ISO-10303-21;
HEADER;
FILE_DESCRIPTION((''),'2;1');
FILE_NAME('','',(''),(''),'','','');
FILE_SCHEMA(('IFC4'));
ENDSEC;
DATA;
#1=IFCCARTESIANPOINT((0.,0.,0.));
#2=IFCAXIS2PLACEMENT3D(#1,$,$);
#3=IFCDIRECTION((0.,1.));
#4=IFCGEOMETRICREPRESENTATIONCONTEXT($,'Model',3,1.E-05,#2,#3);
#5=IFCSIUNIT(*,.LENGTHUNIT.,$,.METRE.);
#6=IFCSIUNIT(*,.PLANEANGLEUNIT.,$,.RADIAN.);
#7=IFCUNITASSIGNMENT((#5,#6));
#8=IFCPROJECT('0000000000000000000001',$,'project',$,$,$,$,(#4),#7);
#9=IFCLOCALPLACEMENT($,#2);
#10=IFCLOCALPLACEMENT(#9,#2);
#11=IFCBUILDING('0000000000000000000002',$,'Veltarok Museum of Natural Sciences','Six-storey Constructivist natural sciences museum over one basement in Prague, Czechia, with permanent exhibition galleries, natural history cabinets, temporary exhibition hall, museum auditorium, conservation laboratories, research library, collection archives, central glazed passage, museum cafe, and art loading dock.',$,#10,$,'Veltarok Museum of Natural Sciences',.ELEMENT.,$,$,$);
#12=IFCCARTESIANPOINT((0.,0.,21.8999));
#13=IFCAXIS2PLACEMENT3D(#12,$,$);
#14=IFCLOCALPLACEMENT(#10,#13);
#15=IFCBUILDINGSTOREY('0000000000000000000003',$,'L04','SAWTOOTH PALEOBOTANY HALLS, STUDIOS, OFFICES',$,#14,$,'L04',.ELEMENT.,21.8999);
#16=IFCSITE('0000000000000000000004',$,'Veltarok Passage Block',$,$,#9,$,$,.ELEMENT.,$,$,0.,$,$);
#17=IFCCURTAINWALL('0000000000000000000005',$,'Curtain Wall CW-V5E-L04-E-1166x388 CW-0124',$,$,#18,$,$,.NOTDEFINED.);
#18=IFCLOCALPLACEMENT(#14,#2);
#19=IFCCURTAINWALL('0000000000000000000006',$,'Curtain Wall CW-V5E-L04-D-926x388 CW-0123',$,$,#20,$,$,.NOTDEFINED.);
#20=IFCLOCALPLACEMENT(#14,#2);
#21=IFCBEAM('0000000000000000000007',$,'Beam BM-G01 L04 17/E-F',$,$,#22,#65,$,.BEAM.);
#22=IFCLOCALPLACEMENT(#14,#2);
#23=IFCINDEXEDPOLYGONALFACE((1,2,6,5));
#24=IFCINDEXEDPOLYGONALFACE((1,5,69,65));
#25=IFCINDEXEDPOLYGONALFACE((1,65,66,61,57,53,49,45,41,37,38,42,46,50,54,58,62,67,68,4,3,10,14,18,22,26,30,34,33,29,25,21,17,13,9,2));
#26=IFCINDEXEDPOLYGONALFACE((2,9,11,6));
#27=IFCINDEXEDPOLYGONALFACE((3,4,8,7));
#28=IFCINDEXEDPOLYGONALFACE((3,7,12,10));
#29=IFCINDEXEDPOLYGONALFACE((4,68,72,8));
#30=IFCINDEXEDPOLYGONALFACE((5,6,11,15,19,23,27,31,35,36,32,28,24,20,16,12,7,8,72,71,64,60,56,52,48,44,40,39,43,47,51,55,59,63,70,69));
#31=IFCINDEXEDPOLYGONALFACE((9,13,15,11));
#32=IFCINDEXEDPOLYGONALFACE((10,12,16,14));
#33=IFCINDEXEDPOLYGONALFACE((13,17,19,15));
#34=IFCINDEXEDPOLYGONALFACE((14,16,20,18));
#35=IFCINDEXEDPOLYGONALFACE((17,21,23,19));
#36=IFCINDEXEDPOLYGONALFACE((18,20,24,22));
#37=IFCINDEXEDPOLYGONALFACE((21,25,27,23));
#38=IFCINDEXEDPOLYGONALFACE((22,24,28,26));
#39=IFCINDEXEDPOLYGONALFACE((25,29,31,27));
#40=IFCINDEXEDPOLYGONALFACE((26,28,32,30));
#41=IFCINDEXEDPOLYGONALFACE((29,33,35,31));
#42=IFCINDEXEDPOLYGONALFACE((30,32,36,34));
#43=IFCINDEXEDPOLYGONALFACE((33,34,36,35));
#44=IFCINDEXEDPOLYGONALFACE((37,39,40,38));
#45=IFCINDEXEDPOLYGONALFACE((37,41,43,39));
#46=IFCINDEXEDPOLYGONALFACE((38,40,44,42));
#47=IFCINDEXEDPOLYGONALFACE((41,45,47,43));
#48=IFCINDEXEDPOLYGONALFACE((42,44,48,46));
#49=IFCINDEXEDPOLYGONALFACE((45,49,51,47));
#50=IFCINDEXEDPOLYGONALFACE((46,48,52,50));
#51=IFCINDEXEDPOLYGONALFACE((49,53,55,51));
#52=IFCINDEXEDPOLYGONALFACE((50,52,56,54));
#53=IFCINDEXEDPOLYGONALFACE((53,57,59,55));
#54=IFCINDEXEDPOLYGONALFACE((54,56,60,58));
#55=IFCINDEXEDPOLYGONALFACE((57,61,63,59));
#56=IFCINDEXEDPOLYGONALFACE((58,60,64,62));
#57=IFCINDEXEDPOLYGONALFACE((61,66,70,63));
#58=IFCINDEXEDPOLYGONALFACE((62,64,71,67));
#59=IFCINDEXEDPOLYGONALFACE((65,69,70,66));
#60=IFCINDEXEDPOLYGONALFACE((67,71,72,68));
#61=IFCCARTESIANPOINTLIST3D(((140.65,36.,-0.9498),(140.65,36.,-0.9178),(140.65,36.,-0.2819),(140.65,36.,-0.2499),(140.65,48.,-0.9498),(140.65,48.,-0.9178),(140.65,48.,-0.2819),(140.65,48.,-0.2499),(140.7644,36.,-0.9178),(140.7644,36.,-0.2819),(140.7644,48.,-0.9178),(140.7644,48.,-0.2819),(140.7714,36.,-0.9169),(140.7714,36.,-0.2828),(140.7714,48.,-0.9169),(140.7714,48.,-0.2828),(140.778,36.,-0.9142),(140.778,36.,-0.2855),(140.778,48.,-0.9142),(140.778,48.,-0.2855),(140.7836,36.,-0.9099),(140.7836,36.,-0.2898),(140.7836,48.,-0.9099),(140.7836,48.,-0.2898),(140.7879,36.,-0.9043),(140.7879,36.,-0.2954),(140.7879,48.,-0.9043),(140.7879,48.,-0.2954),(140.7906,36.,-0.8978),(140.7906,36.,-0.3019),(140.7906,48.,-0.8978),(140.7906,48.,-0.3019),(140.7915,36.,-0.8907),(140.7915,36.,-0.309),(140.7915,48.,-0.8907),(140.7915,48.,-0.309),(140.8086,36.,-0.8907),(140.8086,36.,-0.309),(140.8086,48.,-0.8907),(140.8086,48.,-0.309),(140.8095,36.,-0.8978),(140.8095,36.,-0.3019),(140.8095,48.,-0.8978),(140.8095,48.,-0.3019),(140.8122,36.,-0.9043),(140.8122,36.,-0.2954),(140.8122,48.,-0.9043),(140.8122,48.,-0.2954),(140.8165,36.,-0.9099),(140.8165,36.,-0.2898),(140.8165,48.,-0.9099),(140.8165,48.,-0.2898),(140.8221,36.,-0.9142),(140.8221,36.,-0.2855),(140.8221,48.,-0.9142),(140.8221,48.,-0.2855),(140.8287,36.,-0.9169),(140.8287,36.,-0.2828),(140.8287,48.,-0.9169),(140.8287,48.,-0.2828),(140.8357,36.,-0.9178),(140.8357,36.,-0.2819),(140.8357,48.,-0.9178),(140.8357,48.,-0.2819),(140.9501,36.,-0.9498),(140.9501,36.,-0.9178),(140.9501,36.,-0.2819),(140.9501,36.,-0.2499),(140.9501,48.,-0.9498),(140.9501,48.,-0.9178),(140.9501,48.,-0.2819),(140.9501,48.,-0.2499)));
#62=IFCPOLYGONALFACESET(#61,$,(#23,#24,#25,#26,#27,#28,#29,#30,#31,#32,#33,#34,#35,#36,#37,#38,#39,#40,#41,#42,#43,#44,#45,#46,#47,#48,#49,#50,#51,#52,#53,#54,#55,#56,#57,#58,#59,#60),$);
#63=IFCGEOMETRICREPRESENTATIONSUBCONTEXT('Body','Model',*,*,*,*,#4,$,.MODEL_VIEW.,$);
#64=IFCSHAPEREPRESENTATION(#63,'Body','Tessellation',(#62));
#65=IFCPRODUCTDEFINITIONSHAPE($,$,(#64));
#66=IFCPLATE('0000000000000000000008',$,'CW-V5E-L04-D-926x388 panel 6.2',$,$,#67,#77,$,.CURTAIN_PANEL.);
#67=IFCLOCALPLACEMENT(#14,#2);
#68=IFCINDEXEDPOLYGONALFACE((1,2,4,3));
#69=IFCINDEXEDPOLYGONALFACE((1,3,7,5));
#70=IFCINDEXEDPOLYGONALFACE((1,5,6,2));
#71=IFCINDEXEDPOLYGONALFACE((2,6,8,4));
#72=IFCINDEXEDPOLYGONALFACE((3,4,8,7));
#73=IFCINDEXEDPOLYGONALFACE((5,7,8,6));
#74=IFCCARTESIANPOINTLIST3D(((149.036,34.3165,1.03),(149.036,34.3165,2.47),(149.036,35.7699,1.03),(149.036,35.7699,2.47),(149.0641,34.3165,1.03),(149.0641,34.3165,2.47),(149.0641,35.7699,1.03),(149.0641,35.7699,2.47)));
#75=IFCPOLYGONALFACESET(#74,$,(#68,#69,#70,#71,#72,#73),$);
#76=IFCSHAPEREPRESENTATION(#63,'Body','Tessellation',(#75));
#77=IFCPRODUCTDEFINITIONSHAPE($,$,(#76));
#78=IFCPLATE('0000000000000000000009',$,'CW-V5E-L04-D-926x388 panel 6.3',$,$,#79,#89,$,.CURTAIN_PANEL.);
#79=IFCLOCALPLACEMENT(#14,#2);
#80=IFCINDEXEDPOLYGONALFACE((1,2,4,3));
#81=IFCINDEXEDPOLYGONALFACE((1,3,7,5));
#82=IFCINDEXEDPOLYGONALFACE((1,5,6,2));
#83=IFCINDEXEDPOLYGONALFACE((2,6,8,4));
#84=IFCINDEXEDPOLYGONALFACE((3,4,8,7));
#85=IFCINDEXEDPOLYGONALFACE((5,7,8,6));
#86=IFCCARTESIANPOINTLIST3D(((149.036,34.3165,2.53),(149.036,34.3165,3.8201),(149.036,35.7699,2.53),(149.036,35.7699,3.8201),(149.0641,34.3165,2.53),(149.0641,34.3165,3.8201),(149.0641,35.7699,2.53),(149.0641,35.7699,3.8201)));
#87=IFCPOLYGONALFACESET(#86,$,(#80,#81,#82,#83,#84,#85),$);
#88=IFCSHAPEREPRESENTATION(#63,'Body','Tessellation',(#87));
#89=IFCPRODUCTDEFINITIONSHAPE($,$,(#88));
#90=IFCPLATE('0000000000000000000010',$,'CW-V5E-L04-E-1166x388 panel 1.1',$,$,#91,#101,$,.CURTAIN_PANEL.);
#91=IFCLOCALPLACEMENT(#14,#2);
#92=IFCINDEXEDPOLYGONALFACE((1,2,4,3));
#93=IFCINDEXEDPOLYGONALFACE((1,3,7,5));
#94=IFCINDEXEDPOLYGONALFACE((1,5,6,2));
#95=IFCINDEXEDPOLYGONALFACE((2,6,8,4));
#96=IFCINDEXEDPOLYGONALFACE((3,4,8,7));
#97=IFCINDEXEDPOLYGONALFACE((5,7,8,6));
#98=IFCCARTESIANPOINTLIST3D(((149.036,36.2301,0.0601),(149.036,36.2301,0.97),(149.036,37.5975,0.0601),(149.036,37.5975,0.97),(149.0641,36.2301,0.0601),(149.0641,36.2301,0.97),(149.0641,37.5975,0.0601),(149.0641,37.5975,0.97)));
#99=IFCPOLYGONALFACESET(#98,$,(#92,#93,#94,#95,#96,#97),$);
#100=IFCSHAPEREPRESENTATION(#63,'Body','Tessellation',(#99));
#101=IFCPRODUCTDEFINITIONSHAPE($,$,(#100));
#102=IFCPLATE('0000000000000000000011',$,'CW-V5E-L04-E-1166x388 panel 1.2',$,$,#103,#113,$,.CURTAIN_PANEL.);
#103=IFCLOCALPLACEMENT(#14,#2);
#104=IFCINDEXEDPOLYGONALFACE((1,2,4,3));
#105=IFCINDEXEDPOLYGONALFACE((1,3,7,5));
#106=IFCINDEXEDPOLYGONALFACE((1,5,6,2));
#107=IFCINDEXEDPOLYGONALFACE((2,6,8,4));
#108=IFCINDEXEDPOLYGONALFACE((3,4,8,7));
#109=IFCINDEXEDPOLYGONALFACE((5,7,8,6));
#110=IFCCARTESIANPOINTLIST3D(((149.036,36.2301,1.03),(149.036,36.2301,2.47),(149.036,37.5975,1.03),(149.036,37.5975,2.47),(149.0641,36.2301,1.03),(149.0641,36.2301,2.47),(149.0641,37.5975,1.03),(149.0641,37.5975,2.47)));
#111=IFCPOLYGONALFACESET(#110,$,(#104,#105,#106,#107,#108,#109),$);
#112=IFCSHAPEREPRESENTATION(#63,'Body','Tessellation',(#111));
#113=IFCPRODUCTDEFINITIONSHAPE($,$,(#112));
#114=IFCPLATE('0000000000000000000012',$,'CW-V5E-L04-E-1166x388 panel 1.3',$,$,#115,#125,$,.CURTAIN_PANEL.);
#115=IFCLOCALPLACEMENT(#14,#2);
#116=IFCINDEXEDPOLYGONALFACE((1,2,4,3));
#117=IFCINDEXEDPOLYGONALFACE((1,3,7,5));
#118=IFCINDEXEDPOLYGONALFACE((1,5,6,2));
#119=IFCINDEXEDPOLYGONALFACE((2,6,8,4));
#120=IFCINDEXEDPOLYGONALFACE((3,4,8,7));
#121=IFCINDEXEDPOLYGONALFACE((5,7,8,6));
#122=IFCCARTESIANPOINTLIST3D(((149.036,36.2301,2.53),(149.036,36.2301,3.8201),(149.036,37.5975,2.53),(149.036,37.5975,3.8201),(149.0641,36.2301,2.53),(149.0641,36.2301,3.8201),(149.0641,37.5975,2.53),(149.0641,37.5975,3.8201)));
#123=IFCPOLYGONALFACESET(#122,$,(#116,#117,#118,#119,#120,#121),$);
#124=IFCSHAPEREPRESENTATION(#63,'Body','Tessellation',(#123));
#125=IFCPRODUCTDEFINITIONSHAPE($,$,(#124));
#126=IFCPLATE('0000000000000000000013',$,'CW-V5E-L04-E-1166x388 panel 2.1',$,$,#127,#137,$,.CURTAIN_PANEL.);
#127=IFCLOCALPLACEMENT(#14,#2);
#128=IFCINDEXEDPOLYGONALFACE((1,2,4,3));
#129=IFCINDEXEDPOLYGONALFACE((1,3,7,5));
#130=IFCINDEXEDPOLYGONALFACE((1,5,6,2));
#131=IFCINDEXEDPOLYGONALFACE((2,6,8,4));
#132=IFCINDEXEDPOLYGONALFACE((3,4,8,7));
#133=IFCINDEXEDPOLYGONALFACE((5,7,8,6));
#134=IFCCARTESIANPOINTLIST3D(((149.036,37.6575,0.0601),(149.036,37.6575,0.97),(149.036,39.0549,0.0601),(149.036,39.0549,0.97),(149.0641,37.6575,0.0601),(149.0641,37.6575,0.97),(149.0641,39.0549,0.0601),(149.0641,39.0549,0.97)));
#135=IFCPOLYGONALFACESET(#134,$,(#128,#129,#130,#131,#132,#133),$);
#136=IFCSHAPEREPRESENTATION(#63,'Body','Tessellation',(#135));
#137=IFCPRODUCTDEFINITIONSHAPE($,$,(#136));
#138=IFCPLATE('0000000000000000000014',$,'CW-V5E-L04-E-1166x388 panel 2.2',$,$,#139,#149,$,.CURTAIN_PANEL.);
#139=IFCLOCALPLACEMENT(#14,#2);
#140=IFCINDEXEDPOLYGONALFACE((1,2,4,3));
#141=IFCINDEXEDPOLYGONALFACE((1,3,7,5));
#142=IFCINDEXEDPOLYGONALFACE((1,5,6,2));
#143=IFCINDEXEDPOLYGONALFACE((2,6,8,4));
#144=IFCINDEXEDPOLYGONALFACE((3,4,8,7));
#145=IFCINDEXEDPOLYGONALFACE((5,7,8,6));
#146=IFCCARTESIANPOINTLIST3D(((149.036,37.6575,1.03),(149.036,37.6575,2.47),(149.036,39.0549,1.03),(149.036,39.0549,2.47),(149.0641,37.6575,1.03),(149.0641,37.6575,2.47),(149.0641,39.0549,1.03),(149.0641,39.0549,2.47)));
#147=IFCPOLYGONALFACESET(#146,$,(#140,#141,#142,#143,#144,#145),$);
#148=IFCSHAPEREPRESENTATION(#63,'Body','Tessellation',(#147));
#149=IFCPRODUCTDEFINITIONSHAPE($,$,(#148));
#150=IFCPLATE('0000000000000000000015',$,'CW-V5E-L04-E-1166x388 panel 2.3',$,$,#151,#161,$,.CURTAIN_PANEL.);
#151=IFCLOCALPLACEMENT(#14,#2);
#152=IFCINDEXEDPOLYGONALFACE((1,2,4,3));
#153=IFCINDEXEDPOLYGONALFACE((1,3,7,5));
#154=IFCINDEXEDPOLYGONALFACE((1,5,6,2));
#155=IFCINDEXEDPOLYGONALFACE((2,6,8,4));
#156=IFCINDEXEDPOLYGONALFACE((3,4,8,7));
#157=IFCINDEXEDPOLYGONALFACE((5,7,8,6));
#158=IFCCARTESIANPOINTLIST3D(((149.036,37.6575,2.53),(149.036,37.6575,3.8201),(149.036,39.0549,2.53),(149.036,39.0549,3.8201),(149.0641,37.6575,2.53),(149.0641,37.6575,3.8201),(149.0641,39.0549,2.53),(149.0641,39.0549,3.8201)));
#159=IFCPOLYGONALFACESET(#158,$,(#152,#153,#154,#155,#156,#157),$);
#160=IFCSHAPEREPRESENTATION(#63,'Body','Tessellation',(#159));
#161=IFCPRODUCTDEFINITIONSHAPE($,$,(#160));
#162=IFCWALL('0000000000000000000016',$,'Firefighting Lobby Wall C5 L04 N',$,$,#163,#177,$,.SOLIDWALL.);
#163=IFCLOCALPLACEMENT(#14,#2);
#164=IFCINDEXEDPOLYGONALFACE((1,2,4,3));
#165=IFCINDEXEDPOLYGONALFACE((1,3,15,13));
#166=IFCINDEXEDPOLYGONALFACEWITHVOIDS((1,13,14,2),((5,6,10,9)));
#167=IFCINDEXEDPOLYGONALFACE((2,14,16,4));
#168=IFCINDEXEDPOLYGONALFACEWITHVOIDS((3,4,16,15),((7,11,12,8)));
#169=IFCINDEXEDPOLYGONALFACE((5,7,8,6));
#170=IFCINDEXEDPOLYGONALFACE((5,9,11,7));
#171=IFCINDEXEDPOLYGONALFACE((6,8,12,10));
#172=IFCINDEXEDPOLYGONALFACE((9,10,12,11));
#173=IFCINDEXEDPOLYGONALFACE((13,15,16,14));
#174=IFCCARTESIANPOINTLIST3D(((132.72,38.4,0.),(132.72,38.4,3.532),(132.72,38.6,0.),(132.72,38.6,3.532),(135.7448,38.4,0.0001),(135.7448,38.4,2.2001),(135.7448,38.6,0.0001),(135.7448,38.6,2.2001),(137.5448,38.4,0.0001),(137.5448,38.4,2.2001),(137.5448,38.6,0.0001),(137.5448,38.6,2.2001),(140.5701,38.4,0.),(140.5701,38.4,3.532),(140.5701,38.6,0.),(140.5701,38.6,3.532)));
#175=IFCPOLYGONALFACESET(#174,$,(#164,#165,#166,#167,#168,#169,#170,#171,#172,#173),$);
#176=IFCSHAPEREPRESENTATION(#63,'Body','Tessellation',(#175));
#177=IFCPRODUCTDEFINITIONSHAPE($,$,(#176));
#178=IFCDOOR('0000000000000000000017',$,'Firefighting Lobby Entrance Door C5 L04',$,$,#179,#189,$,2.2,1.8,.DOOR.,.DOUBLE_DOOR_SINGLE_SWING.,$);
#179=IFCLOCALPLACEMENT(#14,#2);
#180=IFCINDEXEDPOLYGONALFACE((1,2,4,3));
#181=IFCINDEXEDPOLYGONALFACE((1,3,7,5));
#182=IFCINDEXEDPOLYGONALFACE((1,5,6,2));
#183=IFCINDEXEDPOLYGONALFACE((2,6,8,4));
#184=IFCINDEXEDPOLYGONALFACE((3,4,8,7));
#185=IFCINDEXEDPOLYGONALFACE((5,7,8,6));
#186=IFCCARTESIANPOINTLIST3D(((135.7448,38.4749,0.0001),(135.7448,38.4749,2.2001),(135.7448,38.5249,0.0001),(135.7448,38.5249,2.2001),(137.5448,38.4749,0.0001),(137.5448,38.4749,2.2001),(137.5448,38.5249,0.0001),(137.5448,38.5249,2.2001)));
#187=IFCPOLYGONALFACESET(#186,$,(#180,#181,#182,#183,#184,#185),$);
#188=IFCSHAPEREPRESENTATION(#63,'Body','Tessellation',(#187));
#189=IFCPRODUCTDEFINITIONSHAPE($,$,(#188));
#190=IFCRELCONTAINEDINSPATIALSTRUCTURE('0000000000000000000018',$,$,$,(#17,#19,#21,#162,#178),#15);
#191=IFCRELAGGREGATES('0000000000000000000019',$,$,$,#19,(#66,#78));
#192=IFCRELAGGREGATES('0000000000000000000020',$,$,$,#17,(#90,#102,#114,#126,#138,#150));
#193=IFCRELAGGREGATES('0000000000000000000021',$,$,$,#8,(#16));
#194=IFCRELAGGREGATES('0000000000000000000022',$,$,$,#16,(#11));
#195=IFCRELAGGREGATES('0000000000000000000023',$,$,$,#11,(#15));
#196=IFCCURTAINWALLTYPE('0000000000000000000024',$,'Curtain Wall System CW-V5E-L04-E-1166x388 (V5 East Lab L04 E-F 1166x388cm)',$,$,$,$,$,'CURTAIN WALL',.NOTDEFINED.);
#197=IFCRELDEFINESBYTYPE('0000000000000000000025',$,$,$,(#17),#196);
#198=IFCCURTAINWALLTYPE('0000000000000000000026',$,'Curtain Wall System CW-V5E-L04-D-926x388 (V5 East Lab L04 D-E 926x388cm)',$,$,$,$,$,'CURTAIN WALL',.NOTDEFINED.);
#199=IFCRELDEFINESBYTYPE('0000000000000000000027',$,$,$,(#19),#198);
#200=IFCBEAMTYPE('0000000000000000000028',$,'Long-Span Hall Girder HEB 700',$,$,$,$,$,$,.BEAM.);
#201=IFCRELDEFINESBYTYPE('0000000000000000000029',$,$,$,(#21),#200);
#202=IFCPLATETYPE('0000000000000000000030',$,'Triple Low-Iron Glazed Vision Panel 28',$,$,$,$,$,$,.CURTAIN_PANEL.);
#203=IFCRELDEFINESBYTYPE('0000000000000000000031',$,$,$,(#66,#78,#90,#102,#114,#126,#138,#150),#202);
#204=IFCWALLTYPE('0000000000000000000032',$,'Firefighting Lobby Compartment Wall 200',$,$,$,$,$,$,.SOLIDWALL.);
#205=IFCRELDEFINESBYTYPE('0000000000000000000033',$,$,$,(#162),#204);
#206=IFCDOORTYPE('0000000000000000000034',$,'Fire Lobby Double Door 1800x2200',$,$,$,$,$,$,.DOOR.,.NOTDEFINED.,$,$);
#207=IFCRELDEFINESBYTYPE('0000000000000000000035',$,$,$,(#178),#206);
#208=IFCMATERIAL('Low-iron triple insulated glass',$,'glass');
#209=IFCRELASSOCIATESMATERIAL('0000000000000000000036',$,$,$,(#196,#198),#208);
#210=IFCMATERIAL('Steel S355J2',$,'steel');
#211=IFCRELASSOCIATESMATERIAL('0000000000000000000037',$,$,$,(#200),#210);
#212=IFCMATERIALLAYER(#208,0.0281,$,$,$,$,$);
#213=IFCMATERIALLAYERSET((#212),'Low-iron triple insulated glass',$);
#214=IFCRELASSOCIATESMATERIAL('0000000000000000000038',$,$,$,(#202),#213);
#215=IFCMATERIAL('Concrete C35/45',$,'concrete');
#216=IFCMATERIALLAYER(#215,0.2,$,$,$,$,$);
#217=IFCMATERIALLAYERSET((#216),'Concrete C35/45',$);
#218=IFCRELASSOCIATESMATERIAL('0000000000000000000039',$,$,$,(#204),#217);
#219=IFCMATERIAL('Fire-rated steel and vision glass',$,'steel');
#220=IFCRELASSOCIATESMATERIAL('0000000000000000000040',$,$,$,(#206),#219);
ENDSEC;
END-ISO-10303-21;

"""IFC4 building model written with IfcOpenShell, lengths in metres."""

from ifc_helpers import new_model, si_unit, direction, frame, frame_2d, origin, origin_2d, place, context, subcontext, project, spatial, rectangle, i_section, extrude, material, layer, layer_set, material_profile, profile_set, type_object, element, fill, aggregate, save


model = new_model("IFC4")

# Units and contexts
model_context = context("Model", 3, precision=1e-05, world=origin(), true_north=direction((0.0, 1.0)))
body_context = subcontext(model_context, "Body", "Model", "MODEL_VIEW")
ifc_project = project(units=[si_unit("LENGTHUNIT", "METRE"), si_unit("PLANEANGLEUNIT", "RADIAN")], contexts=[model_context])

# Site, building, storey
site_placement = place(None, origin())
site = spatial("IfcSite", under=ifc_project, at=site_placement, Name="Veltarok Passage Block", CompositionType="ELEMENT", RefElevation=0.0)
building_placement = place(site_placement, origin())
building = spatial("IfcBuilding", under=site, at=building_placement, Name="Veltarok Museum of Natural Sciences", Description="Six-storey Constructivist natural sciences museum over one basement in Prague, Czechia, with permanent exhibition galleries, natural history cabinets, temporary exhibition hall, museum auditorium, conservation laboratories, research library, collection archives, central glazed passage, museum cafe, and art loading dock.", LongName="Veltarok Museum of Natural Sciences", CompositionType="ELEMENT")
storey_placement = place(building_placement, frame((0.0, 0.0, 21.8999)))
storey = spatial("IfcBuildingStorey", under=building, at=storey_placement, Name="L04", Description="SAWTOOTH PALEOBOTANY HALLS, STUDIOS, OFFICES", LongName="L04", CompositionType="ELEMENT", Elevation=21.8999)

# Curtain wall
ifc_material_1 = material(Name="Low-iron triple insulated glass", Category="glass")
curtain_wall_type_1 = type_object("IfcCurtainWallType", Name="Curtain Wall System CW-V5E-L04-E-1166x388 (V5 East Lab L04 E-F 1166x388cm)", ElementType="CURTAIN WALL", PredefinedType="NOTDEFINED", material=ifc_material_1)
curtain_wall_1_placement = place(storey_placement, origin())
curtain_wall_1 = element("IfcCurtainWall", 1, at=curtain_wall_1_placement, inside=storey, type_object=curtain_wall_type_1, Name="Curtain Wall CW-V5E-L04-E-1166x388 CW-0124", PredefinedType="NOTDEFINED")

# Curtain wall
curtain_wall_type_2 = type_object("IfcCurtainWallType", Name="Curtain Wall System CW-V5E-L04-D-926x388 (V5 East Lab L04 D-E 926x388cm)", ElementType="CURTAIN WALL", PredefinedType="NOTDEFINED", material=ifc_material_1)
curtain_wall_2_placement = place(storey_placement, origin())
curtain_wall_2 = element("IfcCurtainWall", 2, at=curtain_wall_2_placement, inside=storey, type_object=curtain_wall_type_2, Name="Curtain Wall CW-V5E-L04-D-926x388 CW-0123", PredefinedType="NOTDEFINED")

# Beam
ifc_material_2 = material(Name="Steel S355J2", Category="steel")
ifc_material_profile_1 = material_profile(ifc_material_2, i_section(OverallWidth=0.3, OverallDepth=0.7, WebThickness=0.0171, FlangeThickness=0.032, FilletRadius=0.0271, at=origin_2d()), Name="HEB 700")
ifc_profile_set_1 = profile_set([ifc_material_profile_1], Name="Steel S355J2")
beam_type_1 = type_object("IfcBeamType", Name="Long-Span Hall Girder HEB 700", PredefinedType="BEAM", material=ifc_profile_set_1)
beam_1_placement = place(storey_placement, frame((140.8, 36.0, -0.5999), z_axis=(0.0, 1.0, 0.0), x_axis=(-1.0, 0.0, 0.0)))
element("IfcBeam", 3, at=beam_1_placement, inside=storey, type_object=beam_type_1, Name="Beam BM-G01 L04 17/E-F", PredefinedType="BEAM", context=body_context, shape_type="SweptSolid", body=[
    extrude(i_section(OverallWidth=0.3, OverallDepth=0.7, WebThickness=0.0171, FlangeThickness=0.032, FilletRadius=0.0271, at=origin_2d()), origin(), (0.0, 0.0, 1.0), 12.0),
])

# Plates
ifc_layer_1 = layer(ifc_material_1, 0.0281)
ifc_layer_set_1 = layer_set([ifc_layer_1], Name="Low-iron triple insulated glass")
plate_type = type_object("IfcPlateType", Name="Triple Low-Iron Glazed Vision Panel 28", PredefinedType="CURTAIN_PANEL", material=ifc_layer_set_1)
plate_1_placement = place(storey_placement, frame((149.05, 35.0432, 1.03), z_axis=(0.0, 0.0, 1.0), x_axis=(0.0, 1.0, 0.0)))
plate_1 = element("IfcPlate", 4, at=plate_1_placement, type_object=plate_type, Name="CW-V5E-L04-D-926x388 panel 6.2", PredefinedType="CURTAIN_PANEL", context=body_context, shape_type="SweptSolid", body=[
    extrude(rectangle(XDim=1.4534, YDim=0.0281, at=origin_2d()), origin(), (0.0, 0.0, 1.0), 1.4399),
])
plate_2_placement = place(storey_placement, frame((149.05, 35.0432, 2.53), z_axis=(0.0, 0.0, 1.0), x_axis=(0.0, 1.0, 0.0)))
plate_2 = element("IfcPlate", 5, at=plate_2_placement, type_object=plate_type, Name="CW-V5E-L04-D-926x388 panel 6.3", PredefinedType="CURTAIN_PANEL", context=body_context, shape_type="SweptSolid", body=[
    extrude(rectangle(XDim=1.4534, YDim=0.0281, at=origin_2d()), origin(), (0.0, 0.0, 1.0), 1.29),
])
aggregate(curtain_wall_2, [plate_1, plate_2])
plate_3_placement = place(storey_placement, frame((149.05, 36.9138, 0.0601), z_axis=(0.0, 0.0, 1.0), x_axis=(0.0, 1.0, 0.0)))
plate_3 = element("IfcPlate", 6, at=plate_3_placement, type_object=plate_type, Name="CW-V5E-L04-E-1166x388 panel 1.1", PredefinedType="CURTAIN_PANEL", context=body_context, shape_type="SweptSolid", body=[
    extrude(rectangle(XDim=1.3674, YDim=0.0281, at=origin_2d()), origin(), (0.0, 0.0, 1.0), 0.9099),
])
plate_4_placement = place(storey_placement, frame((149.05, 36.9138, 1.03), z_axis=(0.0, 0.0, 1.0), x_axis=(0.0, 1.0, 0.0)))
plate_4 = element("IfcPlate", 7, at=plate_4_placement, type_object=plate_type, Name="CW-V5E-L04-E-1166x388 panel 1.2", PredefinedType="CURTAIN_PANEL", context=body_context, shape_type="SweptSolid", body=[
    extrude(rectangle(XDim=1.3674, YDim=0.0281, at=origin_2d()), origin(), (0.0, 0.0, 1.0), 1.4399),
])
plate_5_placement = place(storey_placement, frame((149.05, 36.9138, 2.53), z_axis=(0.0, 0.0, 1.0), x_axis=(0.0, 1.0, 0.0)))
plate_5 = element("IfcPlate", 8, at=plate_5_placement, type_object=plate_type, Name="CW-V5E-L04-E-1166x388 panel 1.3", PredefinedType="CURTAIN_PANEL", context=body_context, shape_type="SweptSolid", body=[
    extrude(rectangle(XDim=1.3674, YDim=0.0281, at=origin_2d()), origin(), (0.0, 0.0, 1.0), 1.29),
])
plate_6_placement = place(storey_placement, frame((149.05, 38.3562, 0.0601), z_axis=(0.0, 0.0, 1.0), x_axis=(0.0, 1.0, 0.0)))
plate_6 = element("IfcPlate", 9, at=plate_6_placement, type_object=plate_type, Name="CW-V5E-L04-E-1166x388 panel 2.1", PredefinedType="CURTAIN_PANEL", context=body_context, shape_type="SweptSolid", body=[
    extrude(rectangle(XDim=1.3975, YDim=0.0281, at=origin_2d()), origin(), (0.0, 0.0, 1.0), 0.9099),
])
plate_7_placement = place(storey_placement, frame((149.05, 38.3562, 1.03), z_axis=(0.0, 0.0, 1.0), x_axis=(0.0, 1.0, 0.0)))
plate_7 = element("IfcPlate", 10, at=plate_7_placement, type_object=plate_type, Name="CW-V5E-L04-E-1166x388 panel 2.2", PredefinedType="CURTAIN_PANEL", context=body_context, shape_type="SweptSolid", body=[
    extrude(rectangle(XDim=1.3975, YDim=0.0281, at=origin_2d()), origin(), (0.0, 0.0, 1.0), 1.4399),
])
plate_8_placement = place(storey_placement, frame((149.05, 38.3562, 2.53), z_axis=(0.0, 0.0, 1.0), x_axis=(0.0, 1.0, 0.0)))
plate_8 = element("IfcPlate", 11, at=plate_8_placement, type_object=plate_type, Name="CW-V5E-L04-E-1166x388 panel 2.3", PredefinedType="CURTAIN_PANEL", context=body_context, shape_type="SweptSolid", body=[
    extrude(rectangle(XDim=1.3975, YDim=0.0281, at=origin_2d()), origin(), (0.0, 0.0, 1.0), 1.29),
])
aggregate(curtain_wall_1, [plate_3, plate_4, plate_5, plate_6, plate_7, plate_8])

# Wall, opening, door
ifc_material_3 = material(Name="Concrete C35/45", Category="concrete")
ifc_layer_2 = layer(ifc_material_3, 0.2)
ifc_layer_set_2 = layer_set([ifc_layer_2], Name="Concrete C35/45")
wall_type_1 = type_object("IfcWallType", Name="Firefighting Lobby Compartment Wall 200", PredefinedType="SOLIDWALL", material=ifc_layer_set_2)
wall_1_placement = place(storey_placement, frame((132.72, 38.5, 0.0), z_axis=(0.0, 0.0, 1.0), x_axis=(1.0, 0.0, 0.0)))
wall_1 = element("IfcWall", 12, at=wall_1_placement, inside=storey, type_object=wall_type_1, Name="Firefighting Lobby Wall C5 L04 N", PredefinedType="SOLIDWALL", context=body_context, shape_type="SweptSolid", body=[
    extrude(rectangle(XDim=7.8501, YDim=0.2, at=frame_2d((3.925, 0.0))), origin(), (0.0, 0.0, 1.0), 3.532),
])
opening_1_placement = place(wall_1_placement, frame((3.0249, 0.0, 0.0)))
opening_1 = element("IfcOpeningElement", 13, at=opening_1_placement, cuts=wall_1, PredefinedType="OPENING", context=body_context, shape_type="SweptSolid", body=[
    extrude(rectangle(XDim=1.8, YDim=2.2, at=frame_2d((0.8999, 1.1001))), frame((0.0, 0.1099, 0.0), z_axis=(0.0, -1.0, 0.0), x_axis=(1.0, 0.0, 0.0)), (0.0, 0.0, 1.0), 0.22),
])
ifc_material_4 = material(Name="Fire-rated steel and vision glass", Category="steel")
door_type_1 = type_object("IfcDoorType", Name="Fire Lobby Double Door 1800x2200", OperationType="NOTDEFINED", PredefinedType="DOOR", material=ifc_material_4)
door_1_placement = place(opening_1_placement, origin())
door_1 = element("IfcDoor", 14, at=door_1_placement, inside=storey, type_object=door_type_1, Name="Firefighting Lobby Entrance Door C5 L04", OperationType="DOUBLE_DOOR_SINGLE_SWING", OverallHeight=2.2, OverallWidth=1.8, PredefinedType="DOOR", context=body_context, shape_type="SweptSolid", body=[
    extrude(rectangle(XDim=1.8, YDim=2.2, at=frame_2d((0.8999, 1.1001))), frame((0.0, 0.0249, 0.0), z_axis=(0.0, -1.0, 0.0), x_axis=(1.0, 0.0, 0.0)), (0.0, 0.0, 1.0), 0.05),
])
fill(opening_1, door_1)

save(model, "model.ifc")
